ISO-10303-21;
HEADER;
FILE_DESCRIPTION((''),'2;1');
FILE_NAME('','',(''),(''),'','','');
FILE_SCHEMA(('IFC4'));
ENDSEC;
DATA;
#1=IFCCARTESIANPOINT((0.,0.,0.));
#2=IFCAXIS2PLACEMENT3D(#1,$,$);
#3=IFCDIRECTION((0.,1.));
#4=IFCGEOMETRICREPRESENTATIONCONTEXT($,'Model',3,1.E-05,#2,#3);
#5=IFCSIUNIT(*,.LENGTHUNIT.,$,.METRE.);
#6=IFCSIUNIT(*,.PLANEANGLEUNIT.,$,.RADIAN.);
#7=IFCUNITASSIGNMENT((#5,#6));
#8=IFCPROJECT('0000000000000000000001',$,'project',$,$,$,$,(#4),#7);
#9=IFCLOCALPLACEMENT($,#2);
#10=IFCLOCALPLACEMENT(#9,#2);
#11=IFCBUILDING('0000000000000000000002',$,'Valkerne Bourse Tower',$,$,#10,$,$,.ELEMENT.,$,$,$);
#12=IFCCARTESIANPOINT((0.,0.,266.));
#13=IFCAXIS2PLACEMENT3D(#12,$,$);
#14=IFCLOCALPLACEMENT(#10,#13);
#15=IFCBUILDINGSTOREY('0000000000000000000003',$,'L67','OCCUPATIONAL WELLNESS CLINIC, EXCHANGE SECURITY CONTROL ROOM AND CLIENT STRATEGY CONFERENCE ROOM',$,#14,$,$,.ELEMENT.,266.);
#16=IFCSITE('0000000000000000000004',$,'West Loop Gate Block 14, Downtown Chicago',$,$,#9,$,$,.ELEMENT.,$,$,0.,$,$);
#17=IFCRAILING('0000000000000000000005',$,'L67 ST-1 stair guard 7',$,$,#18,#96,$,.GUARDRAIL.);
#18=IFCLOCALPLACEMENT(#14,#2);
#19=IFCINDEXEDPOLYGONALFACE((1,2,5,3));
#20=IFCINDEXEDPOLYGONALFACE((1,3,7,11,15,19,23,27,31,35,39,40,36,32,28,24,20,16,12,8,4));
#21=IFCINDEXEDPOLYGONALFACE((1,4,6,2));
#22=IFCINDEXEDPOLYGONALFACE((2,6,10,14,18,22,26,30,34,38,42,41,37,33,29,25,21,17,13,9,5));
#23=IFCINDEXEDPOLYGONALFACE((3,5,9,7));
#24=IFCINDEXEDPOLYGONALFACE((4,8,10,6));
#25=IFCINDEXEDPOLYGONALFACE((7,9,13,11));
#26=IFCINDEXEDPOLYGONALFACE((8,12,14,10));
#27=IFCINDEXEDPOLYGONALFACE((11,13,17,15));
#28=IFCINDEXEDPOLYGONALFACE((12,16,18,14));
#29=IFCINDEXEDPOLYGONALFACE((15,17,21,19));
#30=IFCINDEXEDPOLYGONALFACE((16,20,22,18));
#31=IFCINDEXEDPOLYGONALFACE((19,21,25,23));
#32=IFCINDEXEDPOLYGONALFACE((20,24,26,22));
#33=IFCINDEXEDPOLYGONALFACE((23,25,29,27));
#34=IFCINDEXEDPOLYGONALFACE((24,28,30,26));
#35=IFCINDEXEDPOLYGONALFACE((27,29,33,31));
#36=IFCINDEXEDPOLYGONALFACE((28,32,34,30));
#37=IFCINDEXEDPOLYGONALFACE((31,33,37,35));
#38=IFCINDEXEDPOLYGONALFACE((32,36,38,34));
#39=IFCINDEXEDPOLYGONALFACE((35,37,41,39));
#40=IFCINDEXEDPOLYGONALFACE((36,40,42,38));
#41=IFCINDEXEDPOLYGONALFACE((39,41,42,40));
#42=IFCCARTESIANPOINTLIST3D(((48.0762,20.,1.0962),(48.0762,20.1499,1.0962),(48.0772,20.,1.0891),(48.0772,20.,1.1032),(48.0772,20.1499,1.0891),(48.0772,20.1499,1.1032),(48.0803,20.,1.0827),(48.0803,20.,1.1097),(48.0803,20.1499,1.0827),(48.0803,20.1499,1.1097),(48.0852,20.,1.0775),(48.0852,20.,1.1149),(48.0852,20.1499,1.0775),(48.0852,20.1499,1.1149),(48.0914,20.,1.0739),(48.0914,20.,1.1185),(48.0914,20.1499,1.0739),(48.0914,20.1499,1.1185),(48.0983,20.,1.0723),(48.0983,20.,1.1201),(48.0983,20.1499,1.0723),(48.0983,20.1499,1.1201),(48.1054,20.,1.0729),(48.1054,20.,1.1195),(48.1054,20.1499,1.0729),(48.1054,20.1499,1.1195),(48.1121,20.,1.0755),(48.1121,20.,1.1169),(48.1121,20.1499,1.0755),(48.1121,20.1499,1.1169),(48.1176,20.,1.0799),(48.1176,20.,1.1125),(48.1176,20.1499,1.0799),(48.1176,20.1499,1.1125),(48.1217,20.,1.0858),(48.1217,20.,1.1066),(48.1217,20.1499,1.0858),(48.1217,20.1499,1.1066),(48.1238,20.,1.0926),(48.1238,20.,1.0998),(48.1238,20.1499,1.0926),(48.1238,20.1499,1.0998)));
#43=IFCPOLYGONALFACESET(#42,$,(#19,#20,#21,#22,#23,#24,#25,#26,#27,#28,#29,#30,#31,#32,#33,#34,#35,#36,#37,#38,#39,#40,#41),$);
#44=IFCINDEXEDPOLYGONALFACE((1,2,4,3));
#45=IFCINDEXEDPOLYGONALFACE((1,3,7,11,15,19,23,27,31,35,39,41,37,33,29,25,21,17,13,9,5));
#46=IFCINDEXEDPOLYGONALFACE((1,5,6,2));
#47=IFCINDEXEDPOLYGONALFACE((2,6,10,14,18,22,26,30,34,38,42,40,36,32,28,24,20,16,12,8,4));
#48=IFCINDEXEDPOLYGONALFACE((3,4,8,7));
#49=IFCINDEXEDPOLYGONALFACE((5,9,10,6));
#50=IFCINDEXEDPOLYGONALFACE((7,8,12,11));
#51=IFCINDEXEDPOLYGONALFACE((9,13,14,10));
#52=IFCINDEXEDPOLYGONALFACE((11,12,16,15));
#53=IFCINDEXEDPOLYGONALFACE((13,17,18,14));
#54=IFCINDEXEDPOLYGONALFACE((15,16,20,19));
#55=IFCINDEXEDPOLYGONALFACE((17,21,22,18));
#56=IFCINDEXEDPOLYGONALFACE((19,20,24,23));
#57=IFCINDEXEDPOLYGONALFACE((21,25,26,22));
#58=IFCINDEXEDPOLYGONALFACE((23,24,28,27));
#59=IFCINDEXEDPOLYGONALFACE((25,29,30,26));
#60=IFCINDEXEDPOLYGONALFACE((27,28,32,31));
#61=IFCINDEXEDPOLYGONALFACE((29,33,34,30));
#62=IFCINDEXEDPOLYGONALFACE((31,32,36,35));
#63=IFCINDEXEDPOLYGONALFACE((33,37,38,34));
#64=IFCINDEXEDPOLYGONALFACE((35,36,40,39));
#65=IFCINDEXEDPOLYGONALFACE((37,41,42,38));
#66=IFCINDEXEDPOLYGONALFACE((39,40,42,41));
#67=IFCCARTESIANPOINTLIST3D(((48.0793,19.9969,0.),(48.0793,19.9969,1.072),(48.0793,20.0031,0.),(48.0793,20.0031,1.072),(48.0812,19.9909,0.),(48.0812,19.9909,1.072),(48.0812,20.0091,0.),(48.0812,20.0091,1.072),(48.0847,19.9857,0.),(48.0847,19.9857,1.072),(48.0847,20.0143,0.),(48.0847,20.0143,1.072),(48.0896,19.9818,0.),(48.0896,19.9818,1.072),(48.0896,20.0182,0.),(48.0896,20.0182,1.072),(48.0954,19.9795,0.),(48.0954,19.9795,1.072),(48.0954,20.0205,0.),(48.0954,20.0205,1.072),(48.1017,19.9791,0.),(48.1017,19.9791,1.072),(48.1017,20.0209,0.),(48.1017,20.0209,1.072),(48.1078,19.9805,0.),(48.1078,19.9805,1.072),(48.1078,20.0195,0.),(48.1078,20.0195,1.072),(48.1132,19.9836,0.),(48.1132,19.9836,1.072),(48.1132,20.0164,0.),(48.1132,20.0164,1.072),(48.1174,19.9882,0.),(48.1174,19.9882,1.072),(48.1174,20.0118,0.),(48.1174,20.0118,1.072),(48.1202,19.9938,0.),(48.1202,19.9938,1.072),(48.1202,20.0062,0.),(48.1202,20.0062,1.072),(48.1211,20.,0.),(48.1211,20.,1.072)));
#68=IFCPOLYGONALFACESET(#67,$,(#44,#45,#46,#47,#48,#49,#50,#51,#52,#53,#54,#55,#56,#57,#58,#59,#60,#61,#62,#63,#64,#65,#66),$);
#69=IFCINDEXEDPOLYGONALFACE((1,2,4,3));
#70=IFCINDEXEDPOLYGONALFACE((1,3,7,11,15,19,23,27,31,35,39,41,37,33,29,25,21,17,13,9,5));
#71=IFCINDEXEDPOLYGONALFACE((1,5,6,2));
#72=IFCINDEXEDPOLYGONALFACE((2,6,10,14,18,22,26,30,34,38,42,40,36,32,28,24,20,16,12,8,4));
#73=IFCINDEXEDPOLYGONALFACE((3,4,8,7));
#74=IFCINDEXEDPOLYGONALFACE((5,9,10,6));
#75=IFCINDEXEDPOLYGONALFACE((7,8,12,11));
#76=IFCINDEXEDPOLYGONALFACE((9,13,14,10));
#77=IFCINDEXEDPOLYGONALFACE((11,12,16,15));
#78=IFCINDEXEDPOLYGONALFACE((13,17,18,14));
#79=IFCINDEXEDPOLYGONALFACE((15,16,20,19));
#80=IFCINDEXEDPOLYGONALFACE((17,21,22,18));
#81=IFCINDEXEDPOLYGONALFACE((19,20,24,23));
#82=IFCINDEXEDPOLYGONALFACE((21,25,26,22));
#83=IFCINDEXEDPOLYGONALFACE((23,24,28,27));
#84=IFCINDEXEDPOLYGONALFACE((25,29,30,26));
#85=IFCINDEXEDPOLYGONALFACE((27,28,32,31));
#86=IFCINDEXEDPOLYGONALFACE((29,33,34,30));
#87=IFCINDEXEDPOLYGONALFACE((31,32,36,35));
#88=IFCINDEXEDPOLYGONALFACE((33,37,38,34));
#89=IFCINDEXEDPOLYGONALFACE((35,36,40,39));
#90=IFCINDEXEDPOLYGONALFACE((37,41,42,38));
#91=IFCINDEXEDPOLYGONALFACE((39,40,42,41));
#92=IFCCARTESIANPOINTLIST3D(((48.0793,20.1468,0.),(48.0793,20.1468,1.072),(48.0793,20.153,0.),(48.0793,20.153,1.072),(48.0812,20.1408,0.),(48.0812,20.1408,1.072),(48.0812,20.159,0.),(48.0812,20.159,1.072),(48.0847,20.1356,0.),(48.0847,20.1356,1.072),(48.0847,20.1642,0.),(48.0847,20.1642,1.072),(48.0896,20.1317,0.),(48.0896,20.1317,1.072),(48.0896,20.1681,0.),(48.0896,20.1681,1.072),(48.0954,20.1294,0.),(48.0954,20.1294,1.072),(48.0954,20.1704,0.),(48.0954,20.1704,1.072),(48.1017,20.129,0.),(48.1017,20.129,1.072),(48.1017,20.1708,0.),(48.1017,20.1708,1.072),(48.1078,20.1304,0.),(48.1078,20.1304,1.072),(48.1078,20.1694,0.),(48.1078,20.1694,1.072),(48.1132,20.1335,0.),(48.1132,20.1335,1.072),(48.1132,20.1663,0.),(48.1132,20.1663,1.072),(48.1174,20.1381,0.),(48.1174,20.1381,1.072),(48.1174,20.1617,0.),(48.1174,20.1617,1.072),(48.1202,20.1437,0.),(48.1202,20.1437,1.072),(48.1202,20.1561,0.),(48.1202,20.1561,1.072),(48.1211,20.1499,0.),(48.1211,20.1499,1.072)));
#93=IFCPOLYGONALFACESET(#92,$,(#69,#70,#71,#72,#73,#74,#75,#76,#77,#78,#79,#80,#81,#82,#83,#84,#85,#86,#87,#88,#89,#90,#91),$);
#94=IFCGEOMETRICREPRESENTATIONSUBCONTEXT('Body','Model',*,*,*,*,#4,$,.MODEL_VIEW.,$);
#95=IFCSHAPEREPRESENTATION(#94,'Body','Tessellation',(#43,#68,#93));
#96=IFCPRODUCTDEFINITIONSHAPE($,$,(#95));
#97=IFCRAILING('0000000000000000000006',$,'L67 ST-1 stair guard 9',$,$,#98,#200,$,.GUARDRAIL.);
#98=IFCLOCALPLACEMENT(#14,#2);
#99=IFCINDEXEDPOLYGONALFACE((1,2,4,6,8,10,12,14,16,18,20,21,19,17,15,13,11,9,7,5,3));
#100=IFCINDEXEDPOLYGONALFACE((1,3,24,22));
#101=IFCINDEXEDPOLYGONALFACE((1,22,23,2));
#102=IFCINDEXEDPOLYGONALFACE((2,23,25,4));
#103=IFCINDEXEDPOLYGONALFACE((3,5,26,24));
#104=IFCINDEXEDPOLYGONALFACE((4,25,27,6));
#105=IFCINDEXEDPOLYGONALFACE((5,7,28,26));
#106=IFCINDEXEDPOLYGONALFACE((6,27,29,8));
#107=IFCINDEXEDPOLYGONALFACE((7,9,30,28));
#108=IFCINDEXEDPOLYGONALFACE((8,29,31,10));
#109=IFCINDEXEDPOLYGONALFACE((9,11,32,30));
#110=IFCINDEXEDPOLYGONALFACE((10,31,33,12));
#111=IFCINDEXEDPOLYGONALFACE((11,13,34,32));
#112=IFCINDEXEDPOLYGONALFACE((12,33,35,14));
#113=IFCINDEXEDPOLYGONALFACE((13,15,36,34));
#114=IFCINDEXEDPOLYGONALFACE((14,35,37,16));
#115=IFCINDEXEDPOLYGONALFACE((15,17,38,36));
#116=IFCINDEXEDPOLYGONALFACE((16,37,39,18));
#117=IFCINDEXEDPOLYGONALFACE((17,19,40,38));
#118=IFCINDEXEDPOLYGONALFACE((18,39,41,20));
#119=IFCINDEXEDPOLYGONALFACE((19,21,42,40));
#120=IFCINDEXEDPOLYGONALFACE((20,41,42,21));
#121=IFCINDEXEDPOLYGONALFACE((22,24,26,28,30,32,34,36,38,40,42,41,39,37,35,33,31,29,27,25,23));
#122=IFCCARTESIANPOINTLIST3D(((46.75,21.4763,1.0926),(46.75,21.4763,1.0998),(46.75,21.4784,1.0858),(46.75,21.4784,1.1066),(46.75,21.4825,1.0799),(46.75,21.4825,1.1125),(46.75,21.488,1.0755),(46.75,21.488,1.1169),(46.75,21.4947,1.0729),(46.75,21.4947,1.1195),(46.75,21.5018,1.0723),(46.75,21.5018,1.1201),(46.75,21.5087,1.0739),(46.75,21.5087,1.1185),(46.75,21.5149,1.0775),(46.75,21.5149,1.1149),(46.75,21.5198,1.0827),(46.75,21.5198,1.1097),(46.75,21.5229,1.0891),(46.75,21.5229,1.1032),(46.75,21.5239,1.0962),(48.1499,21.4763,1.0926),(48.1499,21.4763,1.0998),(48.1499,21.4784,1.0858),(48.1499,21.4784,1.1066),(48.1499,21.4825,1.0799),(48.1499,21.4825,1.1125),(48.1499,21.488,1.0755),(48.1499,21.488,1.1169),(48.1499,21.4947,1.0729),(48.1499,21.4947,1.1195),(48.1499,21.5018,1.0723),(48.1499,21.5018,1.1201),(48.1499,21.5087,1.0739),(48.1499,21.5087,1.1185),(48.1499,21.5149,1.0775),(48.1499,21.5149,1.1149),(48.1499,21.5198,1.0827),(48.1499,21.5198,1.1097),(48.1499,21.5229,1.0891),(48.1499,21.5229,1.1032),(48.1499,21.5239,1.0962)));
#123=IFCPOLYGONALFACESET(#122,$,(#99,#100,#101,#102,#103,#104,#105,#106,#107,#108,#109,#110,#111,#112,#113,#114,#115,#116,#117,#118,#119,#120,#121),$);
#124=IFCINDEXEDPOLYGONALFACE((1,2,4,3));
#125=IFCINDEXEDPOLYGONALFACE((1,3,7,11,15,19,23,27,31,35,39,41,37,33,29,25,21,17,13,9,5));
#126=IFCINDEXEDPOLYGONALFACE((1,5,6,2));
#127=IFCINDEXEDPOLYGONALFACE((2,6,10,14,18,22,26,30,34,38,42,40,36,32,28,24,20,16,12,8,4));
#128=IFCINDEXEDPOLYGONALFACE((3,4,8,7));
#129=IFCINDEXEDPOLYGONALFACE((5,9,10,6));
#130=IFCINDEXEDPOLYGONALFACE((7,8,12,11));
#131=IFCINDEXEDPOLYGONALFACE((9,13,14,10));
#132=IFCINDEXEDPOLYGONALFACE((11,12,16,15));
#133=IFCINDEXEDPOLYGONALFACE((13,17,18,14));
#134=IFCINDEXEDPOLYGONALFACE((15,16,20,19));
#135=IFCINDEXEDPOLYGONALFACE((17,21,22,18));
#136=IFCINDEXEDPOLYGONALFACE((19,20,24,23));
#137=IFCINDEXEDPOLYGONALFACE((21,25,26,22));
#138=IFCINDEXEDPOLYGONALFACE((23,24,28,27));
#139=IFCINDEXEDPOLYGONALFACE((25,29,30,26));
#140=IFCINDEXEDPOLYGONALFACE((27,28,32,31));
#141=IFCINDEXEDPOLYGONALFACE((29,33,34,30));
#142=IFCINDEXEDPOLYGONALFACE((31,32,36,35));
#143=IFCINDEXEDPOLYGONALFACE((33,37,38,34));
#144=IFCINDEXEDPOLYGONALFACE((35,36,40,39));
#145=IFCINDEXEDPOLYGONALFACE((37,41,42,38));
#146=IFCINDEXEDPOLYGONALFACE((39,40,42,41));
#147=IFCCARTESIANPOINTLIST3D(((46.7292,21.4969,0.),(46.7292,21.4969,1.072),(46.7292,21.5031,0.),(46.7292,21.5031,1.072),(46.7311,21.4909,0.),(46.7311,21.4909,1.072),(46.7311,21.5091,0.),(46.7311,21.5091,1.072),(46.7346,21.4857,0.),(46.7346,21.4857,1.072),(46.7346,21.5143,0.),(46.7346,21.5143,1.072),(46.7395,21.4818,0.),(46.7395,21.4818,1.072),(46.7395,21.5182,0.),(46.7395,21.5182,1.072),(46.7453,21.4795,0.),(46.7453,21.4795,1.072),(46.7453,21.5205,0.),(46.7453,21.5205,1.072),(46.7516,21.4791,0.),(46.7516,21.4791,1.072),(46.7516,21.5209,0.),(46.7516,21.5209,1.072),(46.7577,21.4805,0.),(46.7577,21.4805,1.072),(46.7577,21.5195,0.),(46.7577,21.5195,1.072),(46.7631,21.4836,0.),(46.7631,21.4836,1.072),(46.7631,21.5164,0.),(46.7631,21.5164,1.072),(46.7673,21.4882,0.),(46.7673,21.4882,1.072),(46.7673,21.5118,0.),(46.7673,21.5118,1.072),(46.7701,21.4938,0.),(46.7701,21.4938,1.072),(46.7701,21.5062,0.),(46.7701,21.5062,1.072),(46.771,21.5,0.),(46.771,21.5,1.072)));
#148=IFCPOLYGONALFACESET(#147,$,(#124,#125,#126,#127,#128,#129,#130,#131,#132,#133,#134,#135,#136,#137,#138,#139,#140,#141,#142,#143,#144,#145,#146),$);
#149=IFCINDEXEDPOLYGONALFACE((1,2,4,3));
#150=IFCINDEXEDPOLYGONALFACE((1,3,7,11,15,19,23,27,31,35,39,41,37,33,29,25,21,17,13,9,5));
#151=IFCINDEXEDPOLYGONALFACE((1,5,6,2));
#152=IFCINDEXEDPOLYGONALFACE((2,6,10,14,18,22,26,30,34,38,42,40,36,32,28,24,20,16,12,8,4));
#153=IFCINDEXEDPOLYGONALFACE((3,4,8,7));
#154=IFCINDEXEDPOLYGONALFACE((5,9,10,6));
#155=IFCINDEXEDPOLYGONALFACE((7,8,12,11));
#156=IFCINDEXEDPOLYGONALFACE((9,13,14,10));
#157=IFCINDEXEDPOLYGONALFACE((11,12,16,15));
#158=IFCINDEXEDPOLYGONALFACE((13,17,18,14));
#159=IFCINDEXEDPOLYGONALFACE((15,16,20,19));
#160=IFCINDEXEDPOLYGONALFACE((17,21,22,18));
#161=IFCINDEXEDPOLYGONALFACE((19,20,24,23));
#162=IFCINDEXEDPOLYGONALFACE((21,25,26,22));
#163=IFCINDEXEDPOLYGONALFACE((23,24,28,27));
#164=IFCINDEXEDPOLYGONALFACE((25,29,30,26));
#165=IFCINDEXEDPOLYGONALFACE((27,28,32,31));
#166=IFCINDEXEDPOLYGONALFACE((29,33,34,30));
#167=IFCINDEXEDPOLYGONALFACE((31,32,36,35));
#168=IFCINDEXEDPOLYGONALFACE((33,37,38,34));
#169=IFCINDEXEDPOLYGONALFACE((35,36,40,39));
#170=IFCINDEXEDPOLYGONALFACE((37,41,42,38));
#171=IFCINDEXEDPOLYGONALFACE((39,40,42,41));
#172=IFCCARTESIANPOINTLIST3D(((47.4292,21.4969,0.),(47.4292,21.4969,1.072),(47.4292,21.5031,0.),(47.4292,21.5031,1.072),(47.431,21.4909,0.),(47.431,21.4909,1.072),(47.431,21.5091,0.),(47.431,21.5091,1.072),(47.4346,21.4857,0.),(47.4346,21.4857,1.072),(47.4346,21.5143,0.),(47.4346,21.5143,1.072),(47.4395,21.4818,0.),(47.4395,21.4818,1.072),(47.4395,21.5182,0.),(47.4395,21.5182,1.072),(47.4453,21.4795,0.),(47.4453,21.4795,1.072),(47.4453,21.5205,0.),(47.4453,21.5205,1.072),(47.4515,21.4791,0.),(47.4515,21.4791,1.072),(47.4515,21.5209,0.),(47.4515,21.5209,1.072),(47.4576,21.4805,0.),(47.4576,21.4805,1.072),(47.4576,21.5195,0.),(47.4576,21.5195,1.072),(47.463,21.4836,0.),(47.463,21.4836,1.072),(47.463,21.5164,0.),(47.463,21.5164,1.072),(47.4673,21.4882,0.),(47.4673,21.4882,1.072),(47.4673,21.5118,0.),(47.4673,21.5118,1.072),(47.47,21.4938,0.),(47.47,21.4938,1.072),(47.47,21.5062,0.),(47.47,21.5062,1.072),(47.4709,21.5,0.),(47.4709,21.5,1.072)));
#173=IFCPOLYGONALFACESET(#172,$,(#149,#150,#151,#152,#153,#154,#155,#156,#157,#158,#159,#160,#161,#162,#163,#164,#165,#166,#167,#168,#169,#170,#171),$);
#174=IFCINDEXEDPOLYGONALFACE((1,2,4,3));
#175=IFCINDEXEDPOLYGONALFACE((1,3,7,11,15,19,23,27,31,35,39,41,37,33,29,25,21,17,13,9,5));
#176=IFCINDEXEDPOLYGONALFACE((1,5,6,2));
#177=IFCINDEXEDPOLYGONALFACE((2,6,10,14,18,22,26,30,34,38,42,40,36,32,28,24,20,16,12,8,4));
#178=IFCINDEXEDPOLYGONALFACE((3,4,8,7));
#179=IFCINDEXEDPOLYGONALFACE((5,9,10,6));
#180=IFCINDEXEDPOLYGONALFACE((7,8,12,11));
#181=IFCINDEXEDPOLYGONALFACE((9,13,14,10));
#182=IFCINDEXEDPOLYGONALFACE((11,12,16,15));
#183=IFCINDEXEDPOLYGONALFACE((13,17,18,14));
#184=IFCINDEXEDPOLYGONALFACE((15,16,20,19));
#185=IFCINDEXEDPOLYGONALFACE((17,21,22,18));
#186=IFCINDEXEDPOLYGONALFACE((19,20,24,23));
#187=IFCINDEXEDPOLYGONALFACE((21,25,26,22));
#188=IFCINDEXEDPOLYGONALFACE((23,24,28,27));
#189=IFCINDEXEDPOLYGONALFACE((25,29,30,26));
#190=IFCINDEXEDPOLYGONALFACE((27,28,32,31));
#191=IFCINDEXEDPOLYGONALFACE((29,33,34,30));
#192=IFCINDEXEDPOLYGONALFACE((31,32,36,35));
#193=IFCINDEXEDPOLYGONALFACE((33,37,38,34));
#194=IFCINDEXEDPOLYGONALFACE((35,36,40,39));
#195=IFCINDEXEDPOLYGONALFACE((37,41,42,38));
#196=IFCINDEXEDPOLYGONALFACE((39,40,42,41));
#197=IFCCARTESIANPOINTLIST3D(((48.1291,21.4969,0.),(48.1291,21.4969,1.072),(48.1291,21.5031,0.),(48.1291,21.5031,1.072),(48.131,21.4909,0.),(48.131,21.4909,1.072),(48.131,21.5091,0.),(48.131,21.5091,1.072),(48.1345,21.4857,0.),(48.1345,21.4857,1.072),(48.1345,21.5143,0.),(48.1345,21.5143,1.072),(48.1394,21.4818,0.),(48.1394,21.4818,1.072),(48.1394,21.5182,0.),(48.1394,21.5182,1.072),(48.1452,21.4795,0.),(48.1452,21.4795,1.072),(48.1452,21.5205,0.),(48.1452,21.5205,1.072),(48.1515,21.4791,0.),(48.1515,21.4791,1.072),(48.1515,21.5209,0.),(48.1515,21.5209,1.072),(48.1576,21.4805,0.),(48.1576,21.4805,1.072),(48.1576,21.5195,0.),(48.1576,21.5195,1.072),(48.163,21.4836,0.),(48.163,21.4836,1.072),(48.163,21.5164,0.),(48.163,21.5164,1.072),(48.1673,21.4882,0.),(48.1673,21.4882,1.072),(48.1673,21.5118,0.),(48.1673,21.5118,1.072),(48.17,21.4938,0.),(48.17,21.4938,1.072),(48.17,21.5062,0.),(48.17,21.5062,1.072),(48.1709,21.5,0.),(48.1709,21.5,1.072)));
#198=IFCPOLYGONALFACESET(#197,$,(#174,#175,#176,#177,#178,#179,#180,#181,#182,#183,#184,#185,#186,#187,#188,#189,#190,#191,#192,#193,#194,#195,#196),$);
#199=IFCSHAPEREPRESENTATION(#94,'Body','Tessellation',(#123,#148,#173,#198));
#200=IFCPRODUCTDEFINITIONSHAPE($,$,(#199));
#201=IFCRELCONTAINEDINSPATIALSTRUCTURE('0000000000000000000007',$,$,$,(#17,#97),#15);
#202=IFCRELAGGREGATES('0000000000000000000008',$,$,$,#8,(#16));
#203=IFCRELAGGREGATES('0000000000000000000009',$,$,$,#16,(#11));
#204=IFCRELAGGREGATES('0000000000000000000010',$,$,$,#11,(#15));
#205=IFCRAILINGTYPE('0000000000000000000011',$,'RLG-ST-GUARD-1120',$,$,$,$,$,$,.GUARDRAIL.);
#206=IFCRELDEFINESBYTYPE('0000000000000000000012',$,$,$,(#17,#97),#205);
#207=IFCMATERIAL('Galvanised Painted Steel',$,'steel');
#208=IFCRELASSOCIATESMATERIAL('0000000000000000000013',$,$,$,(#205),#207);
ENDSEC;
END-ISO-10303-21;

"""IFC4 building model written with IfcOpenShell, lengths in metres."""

from ifc_helpers import new_model, si_unit, direction, frame, origin, origin_2d, place, context, subcontext, project, spatial, circle, extrude, material, type_object, element, save


model = new_model("IFC4")

# Units and contexts
model_context = context("Model", 3, precision=1e-05, world=origin(), true_north=direction((0.0, 1.0)))
body_context = subcontext(model_context, "Body", "Model", "MODEL_VIEW")
ifc_project = project(units=[si_unit("LENGTHUNIT", "METRE"), si_unit("PLANEANGLEUNIT", "RADIAN")], contexts=[model_context])

# Site, building, storey
site_placement = place(None, origin())
site = spatial("IfcSite", under=ifc_project, at=site_placement, Name="West Loop Gate Block 14, Downtown Chicago", CompositionType="ELEMENT", RefElevation=0.0)
building_placement = place(site_placement, origin())
building = spatial("IfcBuilding", under=site, at=building_placement, Name="Valkerne Bourse Tower", CompositionType="ELEMENT")
storey_placement = place(building_placement, frame((0.0, 0.0, 266.0)))
storey = spatial("IfcBuildingStorey", under=building, at=storey_placement, Name="L67", Description="OCCUPATIONAL WELLNESS CLINIC, EXCHANGE SECURITY CONTROL ROOM AND CLIENT STRATEGY CONFERENCE ROOM", CompositionType="ELEMENT", Elevation=266.0)

# Shared definitions
ifc_material_1 = material(Name="Galvanised Painted Steel", Category="steel")

# Railings
railing_type_1 = type_object("IfcRailingType", Name="RLG-ST-GUARD-1120", PredefinedType="GUARDRAIL", material=ifc_material_1)
railing_1_placement = place(storey_placement, frame((48.1001, 20.0, 0.0)))
element("IfcRailing", 1, at=railing_1_placement, inside=storey, type_object=railing_type_1, Name="L67 ST-1 stair guard 7", PredefinedType="GUARDRAIL", context=body_context, shape_type="SweptSolid", body=[
    extrude(circle(Radius=0.0239, at=origin_2d()), frame((0.0, 0.0, 1.0962), z_axis=(0.0, 1.0, 0.0), x_axis=(-1.0, 0.0, 0.0)), (0.0, 0.0, 1.0), 0.1499),
    extrude(circle(Radius=0.021, at=origin_2d()), origin(), (0.0, 0.0, 1.0), 1.072),
    extrude(circle(Radius=0.021, at=origin_2d()), frame((0.0, 0.1499, 0.0)), (0.0, 0.0, 1.0), 1.072),
])
railing_2_placement = place(storey_placement, frame((46.75, 21.5, 0.0)))
element("IfcRailing", 2, at=railing_2_placement, inside=storey, type_object=railing_type_1, Name="L67 ST-1 stair guard 9", PredefinedType="GUARDRAIL", context=body_context, shape_type="SweptSolid", body=[
    extrude(circle(Radius=0.0239, at=origin_2d()), frame((0.0, 0.0, 1.0962), z_axis=(1.0, 0.0, 0.0), x_axis=(0.0, 1.0, 0.0)), (0.0, 0.0, 1.0), 1.3999),
    extrude(circle(Radius=0.021, at=origin_2d()), origin(), (0.0, 0.0, 1.0), 1.072),
    extrude(circle(Radius=0.021, at=origin_2d()), frame((0.7, 0.0, 0.0)), (0.0, 0.0, 1.0), 1.072),
    extrude(circle(Radius=0.021, at=origin_2d()), frame((1.3999, 0.0, 0.0)), (0.0, 0.0, 1.0), 1.072),
])

save(model, "model.ifc")
